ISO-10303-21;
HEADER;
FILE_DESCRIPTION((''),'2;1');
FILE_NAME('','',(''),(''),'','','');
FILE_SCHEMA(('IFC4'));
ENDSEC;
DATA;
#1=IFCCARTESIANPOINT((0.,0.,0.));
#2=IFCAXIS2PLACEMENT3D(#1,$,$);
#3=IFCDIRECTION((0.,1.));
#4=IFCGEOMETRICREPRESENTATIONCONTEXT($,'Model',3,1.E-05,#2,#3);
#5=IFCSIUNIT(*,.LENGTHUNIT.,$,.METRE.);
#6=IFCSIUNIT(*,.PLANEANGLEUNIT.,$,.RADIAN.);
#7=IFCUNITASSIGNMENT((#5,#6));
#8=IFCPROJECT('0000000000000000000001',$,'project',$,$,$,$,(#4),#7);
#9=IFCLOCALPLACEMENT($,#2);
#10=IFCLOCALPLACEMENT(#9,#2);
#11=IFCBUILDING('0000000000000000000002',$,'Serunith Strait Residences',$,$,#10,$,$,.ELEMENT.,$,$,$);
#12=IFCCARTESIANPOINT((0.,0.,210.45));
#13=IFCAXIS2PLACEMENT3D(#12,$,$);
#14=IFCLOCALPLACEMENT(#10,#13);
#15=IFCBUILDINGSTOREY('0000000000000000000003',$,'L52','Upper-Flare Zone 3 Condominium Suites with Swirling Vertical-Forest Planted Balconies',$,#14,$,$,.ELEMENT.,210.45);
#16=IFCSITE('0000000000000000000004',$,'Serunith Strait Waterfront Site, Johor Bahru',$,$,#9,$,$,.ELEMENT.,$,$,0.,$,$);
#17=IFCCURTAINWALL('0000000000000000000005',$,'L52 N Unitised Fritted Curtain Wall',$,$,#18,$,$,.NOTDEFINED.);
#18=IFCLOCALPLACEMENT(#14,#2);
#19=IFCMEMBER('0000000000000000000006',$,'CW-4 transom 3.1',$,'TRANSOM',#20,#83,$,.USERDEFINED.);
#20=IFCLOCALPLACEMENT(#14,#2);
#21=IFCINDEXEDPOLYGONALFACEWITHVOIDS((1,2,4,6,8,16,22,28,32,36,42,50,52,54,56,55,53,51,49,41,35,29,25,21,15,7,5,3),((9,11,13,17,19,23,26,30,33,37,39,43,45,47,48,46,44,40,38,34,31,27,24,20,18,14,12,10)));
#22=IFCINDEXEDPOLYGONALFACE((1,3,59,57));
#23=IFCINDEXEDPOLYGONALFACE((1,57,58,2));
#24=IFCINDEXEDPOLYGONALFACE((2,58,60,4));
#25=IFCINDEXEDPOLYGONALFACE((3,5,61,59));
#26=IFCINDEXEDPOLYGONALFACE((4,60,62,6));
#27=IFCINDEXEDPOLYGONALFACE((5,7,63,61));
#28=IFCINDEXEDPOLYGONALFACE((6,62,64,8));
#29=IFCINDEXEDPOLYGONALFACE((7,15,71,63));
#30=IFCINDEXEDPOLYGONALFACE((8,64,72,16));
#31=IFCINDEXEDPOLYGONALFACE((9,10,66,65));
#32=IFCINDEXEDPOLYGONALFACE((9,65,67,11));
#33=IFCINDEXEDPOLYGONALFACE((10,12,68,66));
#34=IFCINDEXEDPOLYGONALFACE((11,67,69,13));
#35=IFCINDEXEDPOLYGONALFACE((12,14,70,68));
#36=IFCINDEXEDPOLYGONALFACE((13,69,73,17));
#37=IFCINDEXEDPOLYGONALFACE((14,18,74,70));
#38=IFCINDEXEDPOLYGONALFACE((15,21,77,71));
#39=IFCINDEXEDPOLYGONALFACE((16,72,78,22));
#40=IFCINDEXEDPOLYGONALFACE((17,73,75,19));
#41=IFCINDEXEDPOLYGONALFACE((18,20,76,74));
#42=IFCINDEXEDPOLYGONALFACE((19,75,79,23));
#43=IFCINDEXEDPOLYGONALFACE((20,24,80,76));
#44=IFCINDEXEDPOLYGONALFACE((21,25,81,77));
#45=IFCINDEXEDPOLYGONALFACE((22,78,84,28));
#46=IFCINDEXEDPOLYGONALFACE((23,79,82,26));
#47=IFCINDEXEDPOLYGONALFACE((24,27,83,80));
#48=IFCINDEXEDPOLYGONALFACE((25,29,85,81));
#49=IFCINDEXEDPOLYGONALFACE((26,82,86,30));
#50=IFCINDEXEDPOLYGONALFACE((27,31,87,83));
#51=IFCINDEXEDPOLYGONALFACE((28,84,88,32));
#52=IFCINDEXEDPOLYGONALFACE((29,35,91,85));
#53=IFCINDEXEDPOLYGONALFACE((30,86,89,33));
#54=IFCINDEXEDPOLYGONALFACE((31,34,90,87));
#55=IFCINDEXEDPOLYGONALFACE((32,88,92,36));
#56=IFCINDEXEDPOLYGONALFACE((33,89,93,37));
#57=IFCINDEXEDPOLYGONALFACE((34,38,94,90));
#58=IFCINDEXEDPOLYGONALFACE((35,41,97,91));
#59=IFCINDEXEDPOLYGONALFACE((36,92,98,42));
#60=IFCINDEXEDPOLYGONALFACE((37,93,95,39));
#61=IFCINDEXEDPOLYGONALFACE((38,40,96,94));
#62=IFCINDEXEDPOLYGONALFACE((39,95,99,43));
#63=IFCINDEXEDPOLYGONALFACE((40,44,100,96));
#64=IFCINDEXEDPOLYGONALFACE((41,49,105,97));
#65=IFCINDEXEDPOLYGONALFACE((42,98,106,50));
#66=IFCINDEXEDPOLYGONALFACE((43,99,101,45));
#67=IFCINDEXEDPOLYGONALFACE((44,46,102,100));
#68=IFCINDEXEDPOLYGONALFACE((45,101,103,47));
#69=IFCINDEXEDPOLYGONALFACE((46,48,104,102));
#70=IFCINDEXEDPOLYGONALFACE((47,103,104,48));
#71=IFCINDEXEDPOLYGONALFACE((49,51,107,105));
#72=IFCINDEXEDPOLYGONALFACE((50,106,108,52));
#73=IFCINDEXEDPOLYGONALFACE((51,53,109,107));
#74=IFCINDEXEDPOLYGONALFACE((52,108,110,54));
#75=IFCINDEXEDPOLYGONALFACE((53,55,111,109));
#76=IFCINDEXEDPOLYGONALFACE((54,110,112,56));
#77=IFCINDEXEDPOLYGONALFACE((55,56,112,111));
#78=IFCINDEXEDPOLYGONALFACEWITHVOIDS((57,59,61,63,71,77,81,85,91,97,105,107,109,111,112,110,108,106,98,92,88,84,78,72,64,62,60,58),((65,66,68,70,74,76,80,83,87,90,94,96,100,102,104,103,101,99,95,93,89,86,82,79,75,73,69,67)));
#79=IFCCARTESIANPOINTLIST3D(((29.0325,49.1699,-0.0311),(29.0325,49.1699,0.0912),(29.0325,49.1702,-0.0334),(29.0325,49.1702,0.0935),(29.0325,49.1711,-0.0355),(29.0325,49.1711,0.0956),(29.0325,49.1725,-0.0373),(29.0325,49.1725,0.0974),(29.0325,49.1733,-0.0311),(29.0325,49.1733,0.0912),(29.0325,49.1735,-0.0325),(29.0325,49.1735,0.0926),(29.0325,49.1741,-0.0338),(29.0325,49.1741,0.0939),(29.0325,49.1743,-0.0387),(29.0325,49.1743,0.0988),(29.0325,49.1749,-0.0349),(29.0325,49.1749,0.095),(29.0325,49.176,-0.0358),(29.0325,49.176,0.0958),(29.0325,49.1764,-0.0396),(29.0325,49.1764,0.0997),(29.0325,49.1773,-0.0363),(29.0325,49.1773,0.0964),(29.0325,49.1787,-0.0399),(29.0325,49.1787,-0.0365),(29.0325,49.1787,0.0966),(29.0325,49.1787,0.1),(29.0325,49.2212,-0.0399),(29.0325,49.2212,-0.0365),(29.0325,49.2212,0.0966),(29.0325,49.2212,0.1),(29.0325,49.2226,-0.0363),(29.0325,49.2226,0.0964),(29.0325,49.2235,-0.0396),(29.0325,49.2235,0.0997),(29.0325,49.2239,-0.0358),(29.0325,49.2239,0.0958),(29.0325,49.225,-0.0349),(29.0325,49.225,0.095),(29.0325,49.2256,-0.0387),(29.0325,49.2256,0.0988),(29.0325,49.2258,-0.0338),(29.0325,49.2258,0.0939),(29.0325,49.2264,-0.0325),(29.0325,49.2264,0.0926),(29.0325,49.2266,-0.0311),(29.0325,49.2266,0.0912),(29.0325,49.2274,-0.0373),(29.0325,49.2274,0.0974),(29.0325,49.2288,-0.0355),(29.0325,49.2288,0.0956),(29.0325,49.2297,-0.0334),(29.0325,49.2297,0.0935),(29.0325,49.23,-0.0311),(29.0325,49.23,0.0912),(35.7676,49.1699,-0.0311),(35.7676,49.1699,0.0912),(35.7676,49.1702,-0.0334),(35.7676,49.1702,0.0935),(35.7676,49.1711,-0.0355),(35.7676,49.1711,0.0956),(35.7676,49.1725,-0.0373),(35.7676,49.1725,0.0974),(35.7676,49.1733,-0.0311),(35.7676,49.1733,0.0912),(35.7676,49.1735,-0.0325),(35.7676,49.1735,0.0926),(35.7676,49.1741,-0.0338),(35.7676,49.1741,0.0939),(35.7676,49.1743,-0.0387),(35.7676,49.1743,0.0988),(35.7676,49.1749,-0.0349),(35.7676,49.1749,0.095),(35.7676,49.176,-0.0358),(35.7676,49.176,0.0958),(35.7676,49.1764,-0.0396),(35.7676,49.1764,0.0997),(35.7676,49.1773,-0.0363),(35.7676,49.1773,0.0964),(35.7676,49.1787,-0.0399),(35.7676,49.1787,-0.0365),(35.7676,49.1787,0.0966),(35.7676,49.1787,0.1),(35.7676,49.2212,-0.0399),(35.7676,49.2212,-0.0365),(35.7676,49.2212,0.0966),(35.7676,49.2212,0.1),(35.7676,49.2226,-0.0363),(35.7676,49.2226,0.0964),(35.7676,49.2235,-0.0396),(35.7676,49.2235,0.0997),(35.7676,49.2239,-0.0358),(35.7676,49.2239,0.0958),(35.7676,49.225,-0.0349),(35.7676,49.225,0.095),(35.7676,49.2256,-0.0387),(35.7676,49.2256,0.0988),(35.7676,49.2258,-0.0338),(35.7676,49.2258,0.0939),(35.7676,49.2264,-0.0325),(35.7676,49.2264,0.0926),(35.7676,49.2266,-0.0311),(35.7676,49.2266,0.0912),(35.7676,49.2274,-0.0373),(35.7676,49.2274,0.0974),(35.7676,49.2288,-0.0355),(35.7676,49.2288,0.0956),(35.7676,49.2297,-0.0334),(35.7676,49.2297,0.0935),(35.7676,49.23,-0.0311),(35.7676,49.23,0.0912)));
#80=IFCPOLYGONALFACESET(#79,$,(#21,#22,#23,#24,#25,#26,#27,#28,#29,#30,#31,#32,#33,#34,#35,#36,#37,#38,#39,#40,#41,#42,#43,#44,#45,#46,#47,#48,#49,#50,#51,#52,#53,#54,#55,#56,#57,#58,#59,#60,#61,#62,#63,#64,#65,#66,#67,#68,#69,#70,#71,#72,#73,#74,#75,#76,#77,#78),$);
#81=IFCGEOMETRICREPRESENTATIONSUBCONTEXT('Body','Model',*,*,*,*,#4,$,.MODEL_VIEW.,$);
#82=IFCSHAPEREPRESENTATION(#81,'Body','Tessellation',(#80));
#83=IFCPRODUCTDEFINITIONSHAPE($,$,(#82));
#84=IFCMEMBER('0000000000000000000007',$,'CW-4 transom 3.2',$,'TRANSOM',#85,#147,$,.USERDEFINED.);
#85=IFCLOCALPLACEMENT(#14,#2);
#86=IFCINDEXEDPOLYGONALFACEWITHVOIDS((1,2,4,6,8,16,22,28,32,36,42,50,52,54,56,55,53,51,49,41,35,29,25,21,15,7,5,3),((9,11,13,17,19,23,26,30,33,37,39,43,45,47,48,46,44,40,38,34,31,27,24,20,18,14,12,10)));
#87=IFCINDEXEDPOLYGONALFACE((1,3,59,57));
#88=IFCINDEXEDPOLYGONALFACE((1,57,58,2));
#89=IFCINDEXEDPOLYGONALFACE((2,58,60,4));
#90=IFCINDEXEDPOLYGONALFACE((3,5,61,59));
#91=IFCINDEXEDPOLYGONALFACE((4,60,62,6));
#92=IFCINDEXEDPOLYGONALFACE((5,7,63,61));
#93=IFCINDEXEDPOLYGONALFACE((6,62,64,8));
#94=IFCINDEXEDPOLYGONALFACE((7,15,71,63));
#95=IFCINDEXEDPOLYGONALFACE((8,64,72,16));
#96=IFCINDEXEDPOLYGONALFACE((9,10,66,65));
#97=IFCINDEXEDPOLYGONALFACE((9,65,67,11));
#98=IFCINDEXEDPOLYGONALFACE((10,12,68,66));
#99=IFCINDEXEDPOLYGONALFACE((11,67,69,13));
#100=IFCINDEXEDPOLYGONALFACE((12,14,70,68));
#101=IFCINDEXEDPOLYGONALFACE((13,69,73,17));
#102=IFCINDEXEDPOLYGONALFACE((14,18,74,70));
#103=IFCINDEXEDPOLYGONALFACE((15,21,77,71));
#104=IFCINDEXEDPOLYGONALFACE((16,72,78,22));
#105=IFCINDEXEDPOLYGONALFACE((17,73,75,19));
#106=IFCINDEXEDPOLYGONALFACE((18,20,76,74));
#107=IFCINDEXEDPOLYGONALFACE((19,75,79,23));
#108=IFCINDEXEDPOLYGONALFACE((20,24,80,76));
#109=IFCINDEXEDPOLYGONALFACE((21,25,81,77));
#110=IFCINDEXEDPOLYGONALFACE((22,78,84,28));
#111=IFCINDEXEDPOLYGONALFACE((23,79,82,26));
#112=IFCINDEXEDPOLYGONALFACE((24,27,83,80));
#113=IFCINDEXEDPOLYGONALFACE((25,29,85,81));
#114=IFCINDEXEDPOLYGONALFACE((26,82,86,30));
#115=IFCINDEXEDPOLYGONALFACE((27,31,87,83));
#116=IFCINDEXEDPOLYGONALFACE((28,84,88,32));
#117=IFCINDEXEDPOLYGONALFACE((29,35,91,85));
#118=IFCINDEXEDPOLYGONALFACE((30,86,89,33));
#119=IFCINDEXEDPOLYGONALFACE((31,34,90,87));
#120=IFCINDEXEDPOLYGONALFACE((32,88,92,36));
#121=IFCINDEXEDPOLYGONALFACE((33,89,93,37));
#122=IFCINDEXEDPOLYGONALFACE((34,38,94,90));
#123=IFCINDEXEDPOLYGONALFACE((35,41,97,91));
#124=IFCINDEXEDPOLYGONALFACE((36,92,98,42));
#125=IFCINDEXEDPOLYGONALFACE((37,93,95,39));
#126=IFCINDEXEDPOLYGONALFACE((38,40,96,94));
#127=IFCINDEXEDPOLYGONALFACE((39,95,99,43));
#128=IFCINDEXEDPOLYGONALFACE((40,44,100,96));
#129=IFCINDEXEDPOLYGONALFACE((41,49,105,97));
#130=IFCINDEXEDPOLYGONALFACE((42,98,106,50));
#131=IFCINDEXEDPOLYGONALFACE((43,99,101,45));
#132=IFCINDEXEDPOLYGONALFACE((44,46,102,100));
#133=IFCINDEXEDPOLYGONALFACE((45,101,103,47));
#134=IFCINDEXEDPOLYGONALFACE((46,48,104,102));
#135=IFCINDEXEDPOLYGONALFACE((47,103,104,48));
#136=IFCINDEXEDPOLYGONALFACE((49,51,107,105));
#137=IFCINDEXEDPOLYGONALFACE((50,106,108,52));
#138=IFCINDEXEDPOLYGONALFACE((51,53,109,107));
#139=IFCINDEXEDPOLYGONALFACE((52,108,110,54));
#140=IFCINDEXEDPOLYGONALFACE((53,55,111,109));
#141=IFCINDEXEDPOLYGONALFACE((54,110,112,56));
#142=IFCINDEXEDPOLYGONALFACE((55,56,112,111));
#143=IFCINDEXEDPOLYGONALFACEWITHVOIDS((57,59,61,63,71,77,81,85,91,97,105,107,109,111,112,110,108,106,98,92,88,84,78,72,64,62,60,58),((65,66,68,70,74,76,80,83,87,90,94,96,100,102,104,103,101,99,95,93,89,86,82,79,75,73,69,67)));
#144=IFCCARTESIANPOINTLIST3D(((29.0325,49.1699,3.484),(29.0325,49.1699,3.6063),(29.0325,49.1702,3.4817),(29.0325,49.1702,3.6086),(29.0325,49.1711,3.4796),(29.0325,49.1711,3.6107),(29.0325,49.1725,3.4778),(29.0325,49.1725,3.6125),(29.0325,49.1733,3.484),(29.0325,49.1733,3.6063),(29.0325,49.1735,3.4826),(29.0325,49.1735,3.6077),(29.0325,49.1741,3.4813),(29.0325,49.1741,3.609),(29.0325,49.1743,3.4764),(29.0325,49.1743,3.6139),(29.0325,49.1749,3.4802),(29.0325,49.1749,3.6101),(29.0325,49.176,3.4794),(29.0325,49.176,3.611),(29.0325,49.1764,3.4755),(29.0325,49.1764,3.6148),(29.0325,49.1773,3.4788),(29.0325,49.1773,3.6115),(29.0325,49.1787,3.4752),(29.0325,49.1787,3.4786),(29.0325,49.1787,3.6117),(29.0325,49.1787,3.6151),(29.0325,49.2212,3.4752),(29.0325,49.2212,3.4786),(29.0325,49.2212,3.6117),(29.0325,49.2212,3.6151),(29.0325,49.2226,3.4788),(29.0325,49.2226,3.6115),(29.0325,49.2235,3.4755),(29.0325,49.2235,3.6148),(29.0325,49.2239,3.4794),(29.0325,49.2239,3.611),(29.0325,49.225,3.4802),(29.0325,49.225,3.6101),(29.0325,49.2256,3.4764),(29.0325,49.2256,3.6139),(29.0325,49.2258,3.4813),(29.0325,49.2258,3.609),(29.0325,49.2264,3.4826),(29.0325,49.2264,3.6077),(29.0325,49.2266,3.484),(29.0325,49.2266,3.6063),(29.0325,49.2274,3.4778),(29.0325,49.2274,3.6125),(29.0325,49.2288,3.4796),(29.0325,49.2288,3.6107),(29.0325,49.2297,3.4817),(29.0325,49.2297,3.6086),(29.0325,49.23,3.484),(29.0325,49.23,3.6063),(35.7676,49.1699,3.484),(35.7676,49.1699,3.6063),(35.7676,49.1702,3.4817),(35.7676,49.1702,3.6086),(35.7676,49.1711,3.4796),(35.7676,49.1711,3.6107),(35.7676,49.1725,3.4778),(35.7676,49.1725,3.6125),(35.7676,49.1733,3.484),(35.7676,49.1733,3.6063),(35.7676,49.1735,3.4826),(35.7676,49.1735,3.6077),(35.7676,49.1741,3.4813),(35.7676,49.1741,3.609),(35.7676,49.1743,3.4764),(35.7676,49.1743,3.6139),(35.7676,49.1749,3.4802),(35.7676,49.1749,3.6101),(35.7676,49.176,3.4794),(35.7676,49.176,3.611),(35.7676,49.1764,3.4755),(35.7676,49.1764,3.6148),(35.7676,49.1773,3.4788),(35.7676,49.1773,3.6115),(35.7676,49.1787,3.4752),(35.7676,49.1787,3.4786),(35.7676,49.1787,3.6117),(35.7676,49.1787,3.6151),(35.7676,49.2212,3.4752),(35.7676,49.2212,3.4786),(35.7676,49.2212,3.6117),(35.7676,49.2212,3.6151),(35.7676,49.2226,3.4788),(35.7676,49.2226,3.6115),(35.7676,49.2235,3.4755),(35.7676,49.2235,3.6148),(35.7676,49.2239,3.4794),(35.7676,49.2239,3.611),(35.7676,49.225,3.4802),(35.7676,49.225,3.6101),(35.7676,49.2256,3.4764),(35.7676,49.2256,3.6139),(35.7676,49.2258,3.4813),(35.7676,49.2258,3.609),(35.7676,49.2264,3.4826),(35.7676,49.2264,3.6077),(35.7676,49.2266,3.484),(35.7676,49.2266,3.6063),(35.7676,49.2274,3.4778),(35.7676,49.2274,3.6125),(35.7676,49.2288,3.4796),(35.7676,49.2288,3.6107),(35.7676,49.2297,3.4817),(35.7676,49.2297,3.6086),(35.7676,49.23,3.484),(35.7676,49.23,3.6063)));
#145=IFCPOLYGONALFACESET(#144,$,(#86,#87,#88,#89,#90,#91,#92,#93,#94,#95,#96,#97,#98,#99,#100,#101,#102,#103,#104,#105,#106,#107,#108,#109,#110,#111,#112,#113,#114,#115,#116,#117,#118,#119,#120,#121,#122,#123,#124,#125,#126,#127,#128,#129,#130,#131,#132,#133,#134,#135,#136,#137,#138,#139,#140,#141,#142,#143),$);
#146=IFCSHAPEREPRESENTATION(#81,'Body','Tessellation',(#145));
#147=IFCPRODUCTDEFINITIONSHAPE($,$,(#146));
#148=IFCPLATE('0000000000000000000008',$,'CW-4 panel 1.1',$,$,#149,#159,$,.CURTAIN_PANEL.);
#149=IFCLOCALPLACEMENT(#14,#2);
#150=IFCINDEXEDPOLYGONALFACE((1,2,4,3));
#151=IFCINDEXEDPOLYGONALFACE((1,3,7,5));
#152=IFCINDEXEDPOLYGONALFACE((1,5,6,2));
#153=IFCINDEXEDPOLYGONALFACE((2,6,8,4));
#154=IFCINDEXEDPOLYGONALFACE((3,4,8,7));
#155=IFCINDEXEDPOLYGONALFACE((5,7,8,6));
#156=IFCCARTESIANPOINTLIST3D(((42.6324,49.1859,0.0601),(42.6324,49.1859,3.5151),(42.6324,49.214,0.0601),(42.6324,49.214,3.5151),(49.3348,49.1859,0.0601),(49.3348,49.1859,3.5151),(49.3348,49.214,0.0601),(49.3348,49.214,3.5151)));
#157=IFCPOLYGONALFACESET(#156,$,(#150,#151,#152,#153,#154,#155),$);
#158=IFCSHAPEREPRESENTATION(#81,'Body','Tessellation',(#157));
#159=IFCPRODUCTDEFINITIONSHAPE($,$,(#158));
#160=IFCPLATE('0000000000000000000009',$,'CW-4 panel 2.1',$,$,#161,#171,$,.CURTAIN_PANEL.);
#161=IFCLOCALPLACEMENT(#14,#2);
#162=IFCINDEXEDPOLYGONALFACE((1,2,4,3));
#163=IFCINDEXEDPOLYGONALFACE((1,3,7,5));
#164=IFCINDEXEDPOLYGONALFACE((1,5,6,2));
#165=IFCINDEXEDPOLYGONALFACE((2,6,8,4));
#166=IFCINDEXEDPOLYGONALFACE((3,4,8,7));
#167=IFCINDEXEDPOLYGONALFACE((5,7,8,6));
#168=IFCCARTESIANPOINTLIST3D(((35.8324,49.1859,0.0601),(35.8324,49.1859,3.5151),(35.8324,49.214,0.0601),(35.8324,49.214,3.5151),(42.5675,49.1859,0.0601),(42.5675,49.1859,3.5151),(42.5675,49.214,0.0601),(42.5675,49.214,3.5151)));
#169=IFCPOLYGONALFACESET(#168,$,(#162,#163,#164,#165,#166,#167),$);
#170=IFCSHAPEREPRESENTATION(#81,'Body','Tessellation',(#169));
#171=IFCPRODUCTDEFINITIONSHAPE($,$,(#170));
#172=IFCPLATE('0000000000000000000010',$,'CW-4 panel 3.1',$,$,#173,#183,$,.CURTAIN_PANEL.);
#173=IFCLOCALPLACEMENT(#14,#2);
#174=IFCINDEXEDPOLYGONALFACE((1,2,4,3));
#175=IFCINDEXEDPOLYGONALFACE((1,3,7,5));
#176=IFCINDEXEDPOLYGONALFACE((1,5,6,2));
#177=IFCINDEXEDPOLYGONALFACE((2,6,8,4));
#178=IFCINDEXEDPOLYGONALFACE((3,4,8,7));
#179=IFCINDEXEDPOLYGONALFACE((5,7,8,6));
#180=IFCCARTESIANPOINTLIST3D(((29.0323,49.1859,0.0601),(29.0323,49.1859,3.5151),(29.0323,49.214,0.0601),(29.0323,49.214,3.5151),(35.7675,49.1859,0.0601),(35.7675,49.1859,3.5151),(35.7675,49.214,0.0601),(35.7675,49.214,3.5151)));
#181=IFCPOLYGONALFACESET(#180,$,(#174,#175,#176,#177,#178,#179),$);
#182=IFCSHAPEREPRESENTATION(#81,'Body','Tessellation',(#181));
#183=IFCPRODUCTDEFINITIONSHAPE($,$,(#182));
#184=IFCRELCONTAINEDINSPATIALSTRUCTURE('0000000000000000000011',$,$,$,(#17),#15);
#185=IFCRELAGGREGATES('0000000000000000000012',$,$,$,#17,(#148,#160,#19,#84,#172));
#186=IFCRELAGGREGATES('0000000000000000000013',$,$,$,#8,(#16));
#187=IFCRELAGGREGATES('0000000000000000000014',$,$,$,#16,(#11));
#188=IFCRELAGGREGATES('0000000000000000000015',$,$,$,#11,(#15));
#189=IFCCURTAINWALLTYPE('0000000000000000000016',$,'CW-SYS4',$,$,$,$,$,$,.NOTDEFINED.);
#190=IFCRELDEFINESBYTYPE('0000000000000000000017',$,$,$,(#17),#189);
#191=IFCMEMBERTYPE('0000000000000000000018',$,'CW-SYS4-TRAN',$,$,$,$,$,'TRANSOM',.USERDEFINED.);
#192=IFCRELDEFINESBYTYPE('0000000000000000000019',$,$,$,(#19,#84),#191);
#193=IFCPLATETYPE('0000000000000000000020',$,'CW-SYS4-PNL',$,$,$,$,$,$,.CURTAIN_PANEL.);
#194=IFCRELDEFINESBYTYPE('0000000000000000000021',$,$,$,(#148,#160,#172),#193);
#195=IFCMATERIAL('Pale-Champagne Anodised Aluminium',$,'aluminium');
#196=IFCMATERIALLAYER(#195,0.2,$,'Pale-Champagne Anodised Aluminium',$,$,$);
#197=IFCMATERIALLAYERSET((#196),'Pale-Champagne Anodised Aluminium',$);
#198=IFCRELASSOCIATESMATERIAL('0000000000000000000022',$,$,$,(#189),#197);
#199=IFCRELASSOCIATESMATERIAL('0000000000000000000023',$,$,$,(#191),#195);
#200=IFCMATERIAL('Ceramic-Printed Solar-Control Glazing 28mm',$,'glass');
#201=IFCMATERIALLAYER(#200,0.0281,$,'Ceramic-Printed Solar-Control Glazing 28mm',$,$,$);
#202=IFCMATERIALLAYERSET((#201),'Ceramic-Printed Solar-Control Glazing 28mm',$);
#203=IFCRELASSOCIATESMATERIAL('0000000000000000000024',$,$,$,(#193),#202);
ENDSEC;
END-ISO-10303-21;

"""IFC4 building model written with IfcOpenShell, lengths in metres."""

from ifc_helpers import new_model, si_unit, direction, frame, origin, origin_2d, place, context, subcontext, project, spatial, rectangle, hollow_rectangle, extrude, source, transform, mapped, material, layer, layer_set, material_profile, profile_set, type_object, element, aggregate, save


model = new_model("IFC4")

# Units and contexts
model_context = context("Model", 3, precision=1e-05, world=origin(), true_north=direction((0.0, 1.0)))
body_context = subcontext(model_context, "Body", "Model", "MODEL_VIEW")
ifc_project = project(units=[si_unit("LENGTHUNIT", "METRE"), si_unit("PLANEANGLEUNIT", "RADIAN")], contexts=[model_context])

# Site, building, storey
site_placement = place(None, origin())
site = spatial("IfcSite", under=ifc_project, at=site_placement, Name="Serunith Strait Waterfront Site, Johor Bahru", CompositionType="ELEMENT", RefElevation=0.0)
building_placement = place(site_placement, origin())
building = spatial("IfcBuilding", under=site, at=building_placement, Name="Serunith Strait Residences", CompositionType="ELEMENT")
storey_placement = place(building_placement, frame((0.0, 0.0, 210.45)))
storey = spatial("IfcBuildingStorey", under=building, at=storey_placement, Name="L52", Description="Upper-Flare Zone 3 Condominium Suites with Swirling Vertical-Forest Planted Balconies", CompositionType="ELEMENT", Elevation=210.45)

# Curtain wall, members, plates
ifc_material_1 = material(Name="Pale-Champagne Anodised Aluminium", Category="aluminium")
ifc_layer_1 = layer(ifc_material_1, 0.2, Name="Pale-Champagne Anodised Aluminium")
ifc_layer_set_1 = layer_set([ifc_layer_1], Name="Pale-Champagne Anodised Aluminium")
curtain_wall_type = type_object("IfcCurtainWallType", Name="CW-SYS4", PredefinedType="NOTDEFINED", material=ifc_layer_set_1)
curtain_wall_placement = place(storey_placement, origin())
curtain_wall = element("IfcCurtainWall", 1, at=curtain_wall_placement, inside=storey, type_object=curtain_wall_type, Name="L52 N Unitised Fritted Curtain Wall", PredefinedType="NOTDEFINED")
ifc_material_profile_1 = material_profile(ifc_material_1, hollow_rectangle(XDim=0.0601, YDim=0.1399, WallThickness=0.0034, InnerFilletRadius=0.0054, OuterFilletRadius=0.0088, at=origin_2d()), Name="ALU 140x60x3.5")
ifc_profile_set_1 = profile_set([ifc_material_profile_1], Name="Pale-Champagne Anodised Aluminium")
member_type_1 = type_object("IfcMemberType", Name="CW-SYS4-TRAN", ElementType="TRANSOM", PredefinedType="USERDEFINED", material=ifc_profile_set_1)
shared_shape_1 = source(origin(), body_context, "Body", "SweptSolid", [
    extrude(hollow_rectangle(XDim=0.0601, YDim=0.1399, WallThickness=0.0034, InnerFilletRadius=0.0054, OuterFilletRadius=0.0088, at=origin_2d()), origin(), (0.0, 0.0, 1.0), 6.7351),
])
member_1_placement = place(storey_placement, frame((35.7676, 49.2, 0.03), z_axis=(-1.0, 0.0, 0.0), x_axis=(0.0, -1.0, 0.0)))
member_1 = element("IfcMember", 2, at=member_1_placement, type_object=member_type_1, Name="CW-4 transom 3.1", ObjectType="TRANSOM", PredefinedType="USERDEFINED", context=body_context, shape_type="MappedRepresentation", body=[
    mapped(shared_shape_1, transform((0.0, 0.0, 0.0), scale=1.0)),
])
member_2_placement = place(storey_placement, frame((35.7676, 49.2, 3.5452), z_axis=(-1.0, 0.0, 0.0), x_axis=(0.0, -1.0, 0.0)))
member_2 = element("IfcMember", 3, at=member_2_placement, type_object=member_type_1, Name="CW-4 transom 3.2", ObjectType="TRANSOM", PredefinedType="USERDEFINED", context=body_context, shape_type="MappedRepresentation", body=[
    mapped(shared_shape_1, transform((0.0, 0.0, 0.0), scale=1.0)),
])
ifc_material_2 = material(Name="Ceramic-Printed Solar-Control Glazing 28mm", Category="glass")
ifc_layer_2 = layer(ifc_material_2, 0.0281, Name="Ceramic-Printed Solar-Control Glazing 28mm")
ifc_layer_set_2 = layer_set([ifc_layer_2], Name="Ceramic-Printed Solar-Control Glazing 28mm")
plate_type = type_object("IfcPlateType", Name="CW-SYS4-PNL", PredefinedType="CURTAIN_PANEL", material=ifc_layer_set_2)
shared_shape_2 = source(origin(), body_context, "Body", "SweptSolid", [
    extrude(rectangle(XDim=6.7024, YDim=0.0281, at=origin_2d()), origin(), (0.0, 0.0, 1.0), 3.4551),
])
plate_1_placement = place(storey_placement, frame((45.9836, 49.2, 0.0601), z_axis=(0.0, 0.0, 1.0), x_axis=(-1.0, 0.0, 0.0)))
plate_1 = element("IfcPlate", 4, at=plate_1_placement, type_object=plate_type, Name="CW-4 panel 1.1", PredefinedType="CURTAIN_PANEL", context=body_context, shape_type="MappedRepresentation", body=[
    mapped(shared_shape_2, transform((0.0, 0.0, 0.0), scale=1.0)),
])
shared_shape_3 = source(origin(), body_context, "Body", "SweptSolid", [
    extrude(rectangle(XDim=6.7351, YDim=0.0281, at=origin_2d()), origin(), (0.0, 0.0, 1.0), 3.4551),
])
plate_2_placement = place(storey_placement, frame((39.2, 49.2, 0.0601), z_axis=(0.0, 0.0, 1.0), x_axis=(-1.0, 0.0, 0.0)))
plate_2 = element("IfcPlate", 5, at=plate_2_placement, type_object=plate_type, Name="CW-4 panel 2.1", PredefinedType="CURTAIN_PANEL", context=body_context, shape_type="MappedRepresentation", body=[
    mapped(shared_shape_3, transform((0.0, 0.0, 0.0), scale=1.0)),
])
plate_3_placement = place(storey_placement, frame((32.3999, 49.2, 0.0601), z_axis=(0.0, 0.0, 1.0), x_axis=(-1.0, 0.0, 0.0)))
plate_3 = element("IfcPlate", 6, at=plate_3_placement, type_object=plate_type, Name="CW-4 panel 3.1", PredefinedType="CURTAIN_PANEL", context=body_context, shape_type="MappedRepresentation", body=[
    mapped(shared_shape_3, transform((0.0, 0.0, 0.0), scale=1.0)),
])
aggregate(curtain_wall, [plate_1, plate_2, member_1, member_2, plate_3])

save(model, "model.ifc")
